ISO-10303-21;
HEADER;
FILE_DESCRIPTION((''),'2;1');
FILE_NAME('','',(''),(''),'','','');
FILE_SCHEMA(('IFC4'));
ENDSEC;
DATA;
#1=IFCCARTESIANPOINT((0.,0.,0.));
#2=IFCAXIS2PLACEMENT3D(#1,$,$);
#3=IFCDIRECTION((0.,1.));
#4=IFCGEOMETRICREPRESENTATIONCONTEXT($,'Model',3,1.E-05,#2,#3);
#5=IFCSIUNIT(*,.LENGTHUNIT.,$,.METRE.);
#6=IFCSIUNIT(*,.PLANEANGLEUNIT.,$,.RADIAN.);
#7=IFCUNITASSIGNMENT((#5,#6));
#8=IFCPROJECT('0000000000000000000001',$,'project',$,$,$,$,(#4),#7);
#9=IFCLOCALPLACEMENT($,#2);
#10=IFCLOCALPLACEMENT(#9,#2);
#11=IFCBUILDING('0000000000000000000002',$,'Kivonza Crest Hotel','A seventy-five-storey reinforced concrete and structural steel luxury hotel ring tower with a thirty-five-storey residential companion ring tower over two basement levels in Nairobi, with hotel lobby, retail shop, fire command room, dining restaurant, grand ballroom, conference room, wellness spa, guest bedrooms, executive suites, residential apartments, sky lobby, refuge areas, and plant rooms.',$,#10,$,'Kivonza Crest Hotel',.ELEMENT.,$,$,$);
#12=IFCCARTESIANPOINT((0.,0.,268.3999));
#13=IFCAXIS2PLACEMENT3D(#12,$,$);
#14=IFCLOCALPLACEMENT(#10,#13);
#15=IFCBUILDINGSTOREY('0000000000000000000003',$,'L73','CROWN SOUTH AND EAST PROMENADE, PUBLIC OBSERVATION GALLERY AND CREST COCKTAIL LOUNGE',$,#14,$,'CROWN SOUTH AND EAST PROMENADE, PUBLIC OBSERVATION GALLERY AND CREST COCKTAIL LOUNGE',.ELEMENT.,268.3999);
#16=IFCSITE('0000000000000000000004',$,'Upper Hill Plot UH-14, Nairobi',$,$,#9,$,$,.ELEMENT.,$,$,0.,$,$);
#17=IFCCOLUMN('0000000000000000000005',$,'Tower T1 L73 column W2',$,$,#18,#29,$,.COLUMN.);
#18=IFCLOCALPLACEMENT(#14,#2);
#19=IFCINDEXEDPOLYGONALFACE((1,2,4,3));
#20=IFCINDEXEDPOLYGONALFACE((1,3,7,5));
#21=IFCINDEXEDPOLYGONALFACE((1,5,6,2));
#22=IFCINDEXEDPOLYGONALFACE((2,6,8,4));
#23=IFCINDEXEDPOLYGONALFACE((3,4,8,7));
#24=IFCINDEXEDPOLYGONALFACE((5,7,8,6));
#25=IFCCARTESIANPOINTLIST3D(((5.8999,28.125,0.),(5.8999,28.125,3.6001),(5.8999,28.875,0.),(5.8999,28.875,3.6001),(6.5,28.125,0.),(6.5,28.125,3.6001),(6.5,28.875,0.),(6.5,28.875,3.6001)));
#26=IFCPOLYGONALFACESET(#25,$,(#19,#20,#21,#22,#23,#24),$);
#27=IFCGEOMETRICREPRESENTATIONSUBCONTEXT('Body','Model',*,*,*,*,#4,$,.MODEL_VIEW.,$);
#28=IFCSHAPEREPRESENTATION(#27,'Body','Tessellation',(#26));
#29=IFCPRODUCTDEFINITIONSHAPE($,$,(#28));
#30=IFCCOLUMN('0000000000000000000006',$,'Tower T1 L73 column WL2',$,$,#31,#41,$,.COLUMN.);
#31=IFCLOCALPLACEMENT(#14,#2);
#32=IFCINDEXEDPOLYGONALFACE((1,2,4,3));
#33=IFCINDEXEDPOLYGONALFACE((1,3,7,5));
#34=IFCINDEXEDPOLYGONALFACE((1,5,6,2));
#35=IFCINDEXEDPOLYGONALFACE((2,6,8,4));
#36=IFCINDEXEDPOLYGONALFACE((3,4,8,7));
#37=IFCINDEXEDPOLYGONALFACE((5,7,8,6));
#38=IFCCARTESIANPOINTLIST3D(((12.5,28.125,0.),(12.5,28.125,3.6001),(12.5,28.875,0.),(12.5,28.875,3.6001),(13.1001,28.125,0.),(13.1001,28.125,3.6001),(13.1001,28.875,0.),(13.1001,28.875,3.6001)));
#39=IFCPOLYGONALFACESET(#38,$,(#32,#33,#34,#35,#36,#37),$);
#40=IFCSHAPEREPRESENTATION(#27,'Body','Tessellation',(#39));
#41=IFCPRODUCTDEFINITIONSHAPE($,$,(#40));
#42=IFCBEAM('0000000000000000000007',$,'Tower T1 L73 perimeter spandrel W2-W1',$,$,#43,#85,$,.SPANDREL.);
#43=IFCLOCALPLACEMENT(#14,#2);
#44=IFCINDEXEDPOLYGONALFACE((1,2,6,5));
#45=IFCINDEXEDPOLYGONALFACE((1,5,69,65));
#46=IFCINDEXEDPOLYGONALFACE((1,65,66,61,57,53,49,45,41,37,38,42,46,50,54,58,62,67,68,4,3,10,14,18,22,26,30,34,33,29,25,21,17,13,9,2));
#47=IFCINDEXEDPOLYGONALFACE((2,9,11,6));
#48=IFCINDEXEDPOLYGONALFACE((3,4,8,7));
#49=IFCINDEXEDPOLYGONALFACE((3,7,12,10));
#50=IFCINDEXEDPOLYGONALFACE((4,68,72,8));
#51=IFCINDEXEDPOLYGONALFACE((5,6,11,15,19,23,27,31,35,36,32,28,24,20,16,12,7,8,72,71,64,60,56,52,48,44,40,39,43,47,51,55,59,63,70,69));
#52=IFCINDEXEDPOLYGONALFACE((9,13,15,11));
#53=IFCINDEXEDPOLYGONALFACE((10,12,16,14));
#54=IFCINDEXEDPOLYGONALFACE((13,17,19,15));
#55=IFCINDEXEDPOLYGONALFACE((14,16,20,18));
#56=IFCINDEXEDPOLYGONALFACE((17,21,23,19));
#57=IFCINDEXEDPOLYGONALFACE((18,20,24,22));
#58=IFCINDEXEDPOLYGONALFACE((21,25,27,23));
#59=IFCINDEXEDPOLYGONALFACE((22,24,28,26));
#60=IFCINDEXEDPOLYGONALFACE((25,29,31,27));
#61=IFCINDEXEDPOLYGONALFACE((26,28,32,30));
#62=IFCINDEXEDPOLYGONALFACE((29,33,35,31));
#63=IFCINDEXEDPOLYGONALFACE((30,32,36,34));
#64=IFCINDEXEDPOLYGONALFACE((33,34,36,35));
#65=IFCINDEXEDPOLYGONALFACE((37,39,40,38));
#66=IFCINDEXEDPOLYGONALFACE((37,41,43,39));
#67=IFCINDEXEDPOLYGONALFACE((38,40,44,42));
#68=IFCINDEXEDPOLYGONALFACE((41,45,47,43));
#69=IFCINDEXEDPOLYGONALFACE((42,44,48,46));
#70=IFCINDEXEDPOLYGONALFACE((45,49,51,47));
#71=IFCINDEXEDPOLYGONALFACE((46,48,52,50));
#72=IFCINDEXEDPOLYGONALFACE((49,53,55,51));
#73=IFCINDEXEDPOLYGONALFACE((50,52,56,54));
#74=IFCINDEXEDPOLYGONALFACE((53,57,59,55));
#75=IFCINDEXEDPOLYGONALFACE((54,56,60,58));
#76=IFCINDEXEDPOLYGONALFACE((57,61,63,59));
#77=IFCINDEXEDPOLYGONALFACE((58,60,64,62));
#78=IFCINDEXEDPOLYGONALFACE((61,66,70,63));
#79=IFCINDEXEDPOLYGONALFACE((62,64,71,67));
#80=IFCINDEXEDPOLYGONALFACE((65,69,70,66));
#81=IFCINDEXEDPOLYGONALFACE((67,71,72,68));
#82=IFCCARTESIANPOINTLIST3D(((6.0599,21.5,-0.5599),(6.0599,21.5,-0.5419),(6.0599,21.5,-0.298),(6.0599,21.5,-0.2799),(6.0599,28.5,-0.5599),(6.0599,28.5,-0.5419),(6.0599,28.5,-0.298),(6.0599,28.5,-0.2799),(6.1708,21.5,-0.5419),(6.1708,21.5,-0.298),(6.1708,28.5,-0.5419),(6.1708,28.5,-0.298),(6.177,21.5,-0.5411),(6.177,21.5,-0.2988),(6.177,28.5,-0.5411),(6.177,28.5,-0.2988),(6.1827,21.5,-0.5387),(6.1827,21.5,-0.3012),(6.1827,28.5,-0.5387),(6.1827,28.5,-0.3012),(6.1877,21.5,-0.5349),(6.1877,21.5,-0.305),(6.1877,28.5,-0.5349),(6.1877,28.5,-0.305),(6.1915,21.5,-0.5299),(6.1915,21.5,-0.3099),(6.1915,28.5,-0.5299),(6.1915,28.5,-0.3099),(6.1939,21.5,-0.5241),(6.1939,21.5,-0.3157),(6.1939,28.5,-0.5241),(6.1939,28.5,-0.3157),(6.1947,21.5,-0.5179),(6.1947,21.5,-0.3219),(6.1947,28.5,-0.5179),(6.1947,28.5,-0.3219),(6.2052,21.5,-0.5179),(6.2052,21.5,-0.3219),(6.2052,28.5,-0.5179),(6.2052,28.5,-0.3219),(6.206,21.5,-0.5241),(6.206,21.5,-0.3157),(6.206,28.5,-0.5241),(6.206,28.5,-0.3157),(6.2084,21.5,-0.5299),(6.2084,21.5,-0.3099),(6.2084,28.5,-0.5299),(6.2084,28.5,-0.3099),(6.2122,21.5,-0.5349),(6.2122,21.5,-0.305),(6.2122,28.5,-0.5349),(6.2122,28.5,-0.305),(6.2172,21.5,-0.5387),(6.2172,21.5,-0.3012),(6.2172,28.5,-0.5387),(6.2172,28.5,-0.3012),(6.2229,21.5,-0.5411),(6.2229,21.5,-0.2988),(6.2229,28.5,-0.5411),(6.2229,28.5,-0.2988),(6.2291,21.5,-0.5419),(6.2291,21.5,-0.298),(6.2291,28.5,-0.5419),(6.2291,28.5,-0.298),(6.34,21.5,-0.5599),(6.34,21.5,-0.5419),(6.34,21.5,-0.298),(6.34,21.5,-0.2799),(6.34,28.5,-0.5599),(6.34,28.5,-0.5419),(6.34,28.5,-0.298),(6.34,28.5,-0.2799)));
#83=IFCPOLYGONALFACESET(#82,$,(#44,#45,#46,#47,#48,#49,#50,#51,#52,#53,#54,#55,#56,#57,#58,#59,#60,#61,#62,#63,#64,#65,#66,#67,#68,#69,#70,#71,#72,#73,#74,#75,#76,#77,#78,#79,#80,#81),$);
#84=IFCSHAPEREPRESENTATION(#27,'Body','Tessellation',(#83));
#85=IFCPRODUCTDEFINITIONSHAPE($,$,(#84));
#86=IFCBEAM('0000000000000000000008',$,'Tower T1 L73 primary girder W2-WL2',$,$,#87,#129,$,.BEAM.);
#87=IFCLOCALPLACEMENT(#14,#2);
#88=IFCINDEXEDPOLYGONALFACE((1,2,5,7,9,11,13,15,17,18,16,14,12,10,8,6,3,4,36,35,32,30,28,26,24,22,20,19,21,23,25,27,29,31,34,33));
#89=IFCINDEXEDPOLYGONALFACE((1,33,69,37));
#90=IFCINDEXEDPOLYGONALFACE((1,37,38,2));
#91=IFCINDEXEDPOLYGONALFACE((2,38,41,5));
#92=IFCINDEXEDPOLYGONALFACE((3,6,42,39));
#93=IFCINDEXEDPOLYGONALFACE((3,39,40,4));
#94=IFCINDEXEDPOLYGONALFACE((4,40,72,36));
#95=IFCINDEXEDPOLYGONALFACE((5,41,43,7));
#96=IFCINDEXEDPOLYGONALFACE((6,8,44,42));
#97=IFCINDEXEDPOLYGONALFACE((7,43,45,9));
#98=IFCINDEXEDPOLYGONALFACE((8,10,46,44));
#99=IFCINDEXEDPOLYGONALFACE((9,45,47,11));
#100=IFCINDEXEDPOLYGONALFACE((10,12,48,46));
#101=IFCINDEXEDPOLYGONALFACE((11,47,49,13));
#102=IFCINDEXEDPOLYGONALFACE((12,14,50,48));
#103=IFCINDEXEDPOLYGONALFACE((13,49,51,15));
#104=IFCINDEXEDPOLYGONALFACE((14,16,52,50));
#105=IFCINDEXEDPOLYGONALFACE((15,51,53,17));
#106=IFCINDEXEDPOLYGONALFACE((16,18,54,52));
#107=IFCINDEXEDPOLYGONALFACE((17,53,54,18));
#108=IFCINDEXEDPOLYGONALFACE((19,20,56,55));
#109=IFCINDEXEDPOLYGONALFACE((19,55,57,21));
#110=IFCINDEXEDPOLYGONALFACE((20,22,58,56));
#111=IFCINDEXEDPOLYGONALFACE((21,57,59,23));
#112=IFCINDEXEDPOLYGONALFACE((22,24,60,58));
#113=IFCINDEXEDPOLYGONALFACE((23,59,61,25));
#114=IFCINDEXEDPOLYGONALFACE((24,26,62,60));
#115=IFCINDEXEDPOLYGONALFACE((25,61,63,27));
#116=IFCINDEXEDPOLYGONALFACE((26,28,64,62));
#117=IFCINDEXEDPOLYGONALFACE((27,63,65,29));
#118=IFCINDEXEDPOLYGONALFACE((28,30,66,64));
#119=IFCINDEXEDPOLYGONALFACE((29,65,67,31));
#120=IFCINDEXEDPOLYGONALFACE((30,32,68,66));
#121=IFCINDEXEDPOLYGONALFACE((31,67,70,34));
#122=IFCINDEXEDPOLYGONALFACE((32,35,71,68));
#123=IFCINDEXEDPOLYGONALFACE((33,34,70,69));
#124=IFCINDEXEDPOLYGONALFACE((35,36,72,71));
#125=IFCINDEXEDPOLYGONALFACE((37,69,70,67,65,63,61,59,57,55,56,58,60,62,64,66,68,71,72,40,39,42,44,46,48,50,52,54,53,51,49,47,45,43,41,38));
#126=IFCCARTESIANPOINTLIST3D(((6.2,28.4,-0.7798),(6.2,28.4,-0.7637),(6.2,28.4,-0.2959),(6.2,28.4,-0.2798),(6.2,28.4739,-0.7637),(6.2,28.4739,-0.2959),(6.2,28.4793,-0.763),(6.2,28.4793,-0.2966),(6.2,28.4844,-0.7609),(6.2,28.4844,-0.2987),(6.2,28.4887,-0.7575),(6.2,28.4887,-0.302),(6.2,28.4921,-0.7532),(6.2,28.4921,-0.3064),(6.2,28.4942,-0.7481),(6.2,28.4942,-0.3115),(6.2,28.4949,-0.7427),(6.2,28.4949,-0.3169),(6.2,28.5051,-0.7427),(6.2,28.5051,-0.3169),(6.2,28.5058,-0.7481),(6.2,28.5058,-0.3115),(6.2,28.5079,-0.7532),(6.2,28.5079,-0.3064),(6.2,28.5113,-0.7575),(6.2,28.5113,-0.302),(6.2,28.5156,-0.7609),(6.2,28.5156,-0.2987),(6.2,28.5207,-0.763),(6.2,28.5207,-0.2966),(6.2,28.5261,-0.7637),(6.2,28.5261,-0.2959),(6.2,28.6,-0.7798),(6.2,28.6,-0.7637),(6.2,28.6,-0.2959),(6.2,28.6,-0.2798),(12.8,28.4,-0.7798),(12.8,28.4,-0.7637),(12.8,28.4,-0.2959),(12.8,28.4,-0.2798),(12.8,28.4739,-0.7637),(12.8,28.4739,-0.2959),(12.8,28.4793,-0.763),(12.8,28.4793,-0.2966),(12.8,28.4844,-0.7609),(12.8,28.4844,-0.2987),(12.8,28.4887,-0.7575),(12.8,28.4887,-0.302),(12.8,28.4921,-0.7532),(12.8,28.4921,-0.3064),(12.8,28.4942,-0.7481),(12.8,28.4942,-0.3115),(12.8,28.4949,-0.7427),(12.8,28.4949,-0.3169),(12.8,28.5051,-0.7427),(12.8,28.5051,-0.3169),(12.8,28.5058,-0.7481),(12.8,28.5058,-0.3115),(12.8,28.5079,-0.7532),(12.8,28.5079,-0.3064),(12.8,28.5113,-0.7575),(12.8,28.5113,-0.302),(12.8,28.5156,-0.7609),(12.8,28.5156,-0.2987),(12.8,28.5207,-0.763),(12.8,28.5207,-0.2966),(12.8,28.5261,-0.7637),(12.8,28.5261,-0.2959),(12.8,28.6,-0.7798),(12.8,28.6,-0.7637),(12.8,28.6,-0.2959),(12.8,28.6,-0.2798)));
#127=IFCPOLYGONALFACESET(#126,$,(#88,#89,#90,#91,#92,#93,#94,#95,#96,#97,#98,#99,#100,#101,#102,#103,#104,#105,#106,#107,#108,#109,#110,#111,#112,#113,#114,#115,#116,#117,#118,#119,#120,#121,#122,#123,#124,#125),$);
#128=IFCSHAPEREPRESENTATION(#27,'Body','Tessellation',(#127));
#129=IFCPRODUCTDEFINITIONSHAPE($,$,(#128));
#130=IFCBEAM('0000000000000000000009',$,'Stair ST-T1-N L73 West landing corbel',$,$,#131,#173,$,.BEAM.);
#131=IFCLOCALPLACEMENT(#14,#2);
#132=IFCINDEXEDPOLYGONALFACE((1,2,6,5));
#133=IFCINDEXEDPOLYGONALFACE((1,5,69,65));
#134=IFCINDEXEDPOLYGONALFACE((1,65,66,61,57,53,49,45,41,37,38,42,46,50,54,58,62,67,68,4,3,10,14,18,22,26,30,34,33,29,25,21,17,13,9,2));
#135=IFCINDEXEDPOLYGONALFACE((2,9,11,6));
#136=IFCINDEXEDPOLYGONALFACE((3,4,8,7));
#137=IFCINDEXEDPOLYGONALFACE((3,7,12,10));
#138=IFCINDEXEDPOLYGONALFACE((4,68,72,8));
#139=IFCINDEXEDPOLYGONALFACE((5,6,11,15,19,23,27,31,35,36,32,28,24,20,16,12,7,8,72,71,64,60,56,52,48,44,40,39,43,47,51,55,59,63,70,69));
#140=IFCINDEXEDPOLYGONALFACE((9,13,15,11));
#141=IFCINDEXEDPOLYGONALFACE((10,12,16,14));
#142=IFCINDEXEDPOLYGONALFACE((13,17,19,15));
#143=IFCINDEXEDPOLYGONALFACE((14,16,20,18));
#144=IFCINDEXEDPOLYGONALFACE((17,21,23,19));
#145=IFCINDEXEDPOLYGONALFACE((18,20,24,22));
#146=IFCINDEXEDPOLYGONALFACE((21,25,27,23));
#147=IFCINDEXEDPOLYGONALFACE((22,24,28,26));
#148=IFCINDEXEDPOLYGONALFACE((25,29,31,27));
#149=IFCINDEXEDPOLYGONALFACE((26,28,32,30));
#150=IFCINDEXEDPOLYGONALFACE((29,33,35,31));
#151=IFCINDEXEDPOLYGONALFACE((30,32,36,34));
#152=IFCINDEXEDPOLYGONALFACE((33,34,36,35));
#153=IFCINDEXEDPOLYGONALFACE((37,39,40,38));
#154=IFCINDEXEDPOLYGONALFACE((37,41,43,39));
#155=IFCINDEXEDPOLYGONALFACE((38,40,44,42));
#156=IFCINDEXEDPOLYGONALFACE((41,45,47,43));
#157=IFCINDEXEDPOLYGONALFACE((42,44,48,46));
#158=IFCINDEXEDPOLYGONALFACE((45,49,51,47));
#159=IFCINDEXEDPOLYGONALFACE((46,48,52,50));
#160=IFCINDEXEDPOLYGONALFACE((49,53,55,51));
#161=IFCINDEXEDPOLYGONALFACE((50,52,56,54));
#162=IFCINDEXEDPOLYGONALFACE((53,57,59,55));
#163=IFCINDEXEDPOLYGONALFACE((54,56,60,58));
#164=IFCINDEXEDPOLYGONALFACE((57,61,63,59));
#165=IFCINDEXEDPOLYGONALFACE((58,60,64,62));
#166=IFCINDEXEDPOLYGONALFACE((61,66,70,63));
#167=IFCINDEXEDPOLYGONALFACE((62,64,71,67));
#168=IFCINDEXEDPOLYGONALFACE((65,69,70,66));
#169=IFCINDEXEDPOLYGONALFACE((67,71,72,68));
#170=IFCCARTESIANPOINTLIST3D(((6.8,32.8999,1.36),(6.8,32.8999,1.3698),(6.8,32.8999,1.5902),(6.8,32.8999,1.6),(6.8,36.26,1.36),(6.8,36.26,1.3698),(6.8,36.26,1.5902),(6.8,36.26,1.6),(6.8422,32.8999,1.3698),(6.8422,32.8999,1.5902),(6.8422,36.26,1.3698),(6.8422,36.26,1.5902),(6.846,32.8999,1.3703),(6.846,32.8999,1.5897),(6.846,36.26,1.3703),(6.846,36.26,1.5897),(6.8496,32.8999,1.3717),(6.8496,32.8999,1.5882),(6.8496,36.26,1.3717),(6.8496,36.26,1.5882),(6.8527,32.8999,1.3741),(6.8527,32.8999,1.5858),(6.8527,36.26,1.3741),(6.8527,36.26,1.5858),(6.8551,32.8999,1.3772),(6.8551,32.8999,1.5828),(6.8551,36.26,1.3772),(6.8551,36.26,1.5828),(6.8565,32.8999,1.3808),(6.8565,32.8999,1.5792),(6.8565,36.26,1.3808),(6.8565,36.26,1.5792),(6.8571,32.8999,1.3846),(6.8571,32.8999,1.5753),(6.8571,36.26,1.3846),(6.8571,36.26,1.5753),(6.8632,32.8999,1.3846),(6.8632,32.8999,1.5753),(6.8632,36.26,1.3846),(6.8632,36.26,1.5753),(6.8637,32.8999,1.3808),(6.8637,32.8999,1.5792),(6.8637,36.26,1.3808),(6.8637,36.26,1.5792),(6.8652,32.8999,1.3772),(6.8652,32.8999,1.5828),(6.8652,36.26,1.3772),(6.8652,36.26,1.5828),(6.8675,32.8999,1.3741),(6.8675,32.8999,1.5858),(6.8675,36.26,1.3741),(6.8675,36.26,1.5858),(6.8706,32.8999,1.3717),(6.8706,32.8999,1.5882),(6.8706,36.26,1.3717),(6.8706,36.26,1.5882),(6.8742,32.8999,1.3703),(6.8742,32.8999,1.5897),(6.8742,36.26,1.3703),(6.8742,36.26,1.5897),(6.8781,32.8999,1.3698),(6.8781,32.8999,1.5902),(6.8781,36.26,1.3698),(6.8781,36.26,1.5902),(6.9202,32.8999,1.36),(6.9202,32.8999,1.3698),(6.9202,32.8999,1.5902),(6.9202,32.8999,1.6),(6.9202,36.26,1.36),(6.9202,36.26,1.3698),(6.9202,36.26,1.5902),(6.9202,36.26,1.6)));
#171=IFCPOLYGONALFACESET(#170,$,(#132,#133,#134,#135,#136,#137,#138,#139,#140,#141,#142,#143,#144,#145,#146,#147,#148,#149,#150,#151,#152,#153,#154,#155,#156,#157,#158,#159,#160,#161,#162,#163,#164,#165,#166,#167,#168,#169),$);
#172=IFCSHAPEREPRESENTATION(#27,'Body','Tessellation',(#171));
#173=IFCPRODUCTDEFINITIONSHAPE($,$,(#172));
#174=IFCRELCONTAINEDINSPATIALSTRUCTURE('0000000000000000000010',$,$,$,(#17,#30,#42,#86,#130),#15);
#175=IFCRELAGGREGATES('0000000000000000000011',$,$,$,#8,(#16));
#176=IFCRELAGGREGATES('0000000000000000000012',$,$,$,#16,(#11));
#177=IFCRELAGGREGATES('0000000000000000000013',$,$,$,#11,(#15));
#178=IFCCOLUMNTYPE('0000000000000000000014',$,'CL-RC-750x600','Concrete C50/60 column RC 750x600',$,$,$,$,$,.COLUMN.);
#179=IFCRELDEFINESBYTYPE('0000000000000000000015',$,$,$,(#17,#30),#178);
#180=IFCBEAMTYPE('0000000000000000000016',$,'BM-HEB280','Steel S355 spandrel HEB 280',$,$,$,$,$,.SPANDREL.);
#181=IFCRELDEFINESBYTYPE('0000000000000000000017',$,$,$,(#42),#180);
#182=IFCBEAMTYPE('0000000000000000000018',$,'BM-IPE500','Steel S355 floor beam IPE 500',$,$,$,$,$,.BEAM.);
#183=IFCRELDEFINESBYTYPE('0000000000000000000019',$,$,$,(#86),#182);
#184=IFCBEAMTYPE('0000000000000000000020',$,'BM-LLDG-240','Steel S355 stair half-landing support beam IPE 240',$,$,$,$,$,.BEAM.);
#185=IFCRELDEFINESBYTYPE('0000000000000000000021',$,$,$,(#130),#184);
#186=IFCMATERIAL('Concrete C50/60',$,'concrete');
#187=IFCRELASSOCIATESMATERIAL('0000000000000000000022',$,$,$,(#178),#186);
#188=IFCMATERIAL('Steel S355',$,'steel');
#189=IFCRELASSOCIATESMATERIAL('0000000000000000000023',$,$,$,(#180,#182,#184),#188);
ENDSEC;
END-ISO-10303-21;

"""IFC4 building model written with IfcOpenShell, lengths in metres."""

from ifc_helpers import new_model, si_unit, direction, frame, origin, origin_2d, place, context, subcontext, project, spatial, rectangle, i_section, extrude, material, material_profile, profile_set, type_object, element, save


model = new_model("IFC4")

# Units and contexts
model_context = context("Model", 3, precision=1e-05, world=origin(), true_north=direction((0.0, 1.0)))
body_context = subcontext(model_context, "Body", "Model", "MODEL_VIEW")
ifc_project = project(units=[si_unit("LENGTHUNIT", "METRE"), si_unit("PLANEANGLEUNIT", "RADIAN")], contexts=[model_context])

# Site, building, storey
site_placement = place(None, origin())
site = spatial("IfcSite", under=ifc_project, at=site_placement, Name="Upper Hill Plot UH-14, Nairobi", CompositionType="ELEMENT", RefElevation=0.0)
building_placement = place(site_placement, origin())
building = spatial("IfcBuilding", under=site, at=building_placement, Name="Kivonza Crest Hotel", Description="A seventy-five-storey reinforced concrete and structural steel luxury hotel ring tower with a thirty-five-storey residential companion ring tower over two basement levels in Nairobi, with hotel lobby, retail shop, fire command room, dining restaurant, grand ballroom, conference room, wellness spa, guest bedrooms, executive suites, residential apartments, sky lobby, refuge areas, and plant rooms.", LongName="Kivonza Crest Hotel", CompositionType="ELEMENT")
storey_placement = place(building_placement, frame((0.0, 0.0, 268.3999)))
storey = spatial("IfcBuildingStorey", under=building, at=storey_placement, Name="L73", Description="CROWN SOUTH AND EAST PROMENADE, PUBLIC OBSERVATION GALLERY AND CREST COCKTAIL LOUNGE", LongName="CROWN SOUTH AND EAST PROMENADE, PUBLIC OBSERVATION GALLERY AND CREST COCKTAIL LOUNGE", CompositionType="ELEMENT", Elevation=268.3999)

# Columns
ifc_material_1 = material(Name="Concrete C50/60", Category="concrete")
ifc_material_profile_1 = material_profile(ifc_material_1, rectangle(XDim=0.6001, YDim=0.75, at=origin_2d()), Name="RC 750x600")
ifc_profile_set_1 = profile_set([ifc_material_profile_1], Name="Concrete C50/60")
column_type = type_object("IfcColumnType", Name="CL-RC-750x600", Description="Concrete C50/60 column RC 750x600", PredefinedType="COLUMN", material=ifc_profile_set_1)
for number, where, z_axis, x_axis, name in (
    (1, (6.2, 28.5, 0.0), (0.0, 0.0, 1.0), (1.0, 0.0, 0.0), "Tower T1 L73 column W2"),
    (2, (12.8, 28.5, 0.0), (0.0, 0.0, 1.0), (1.0, 0.0, 0.0), "Tower T1 L73 column WL2"),
):
    element("IfcColumn", number, at=place(storey_placement, frame(where, z_axis=z_axis, x_axis=x_axis)), inside=storey, type_object=column_type, Name=name, PredefinedType="COLUMN", context=body_context, shape_type="SweptSolid", body=[
        extrude(rectangle(XDim=0.6001, YDim=0.75, at=origin_2d()), origin(), (0.0, 0.0, 1.0), 3.6001),
    ])

# Beams
ifc_material_2 = material(Name="Steel S355", Category="steel")
ifc_material_profile_2 = material_profile(ifc_material_2, i_section(OverallWidth=0.28, OverallDepth=0.28, WebThickness=0.0105, FlangeThickness=0.0181, FilletRadius=0.0239, at=origin_2d()), Name="HEB 280")
ifc_profile_set_2 = profile_set([ifc_material_profile_2], Name="Steel S355")
beam_type_1 = type_object("IfcBeamType", Name="BM-HEB280", Description="Steel S355 spandrel HEB 280", PredefinedType="SPANDREL", material=ifc_profile_set_2)
beam_1_placement = place(storey_placement, frame((6.2, 28.5, -0.4199), z_axis=(0.0, -1.0, 0.0), x_axis=(1.0, 0.0, 0.0)))
element("IfcBeam", 3, at=beam_1_placement, inside=storey, type_object=beam_type_1, Name="Tower T1 L73 perimeter spandrel W2-W1", PredefinedType="SPANDREL", context=body_context, shape_type="SweptSolid", body=[
    extrude(i_section(OverallWidth=0.28, OverallDepth=0.28, WebThickness=0.0105, FlangeThickness=0.0181, FilletRadius=0.0239, at=origin_2d()), origin(), (0.0, 0.0, 1.0), 7.0),
])
ifc_material_profile_3 = material_profile(ifc_material_2, i_section(OverallWidth=0.2, OverallDepth=0.5, WebThickness=0.0103, FlangeThickness=0.0161, FilletRadius=0.021, at=origin_2d()), Name="IPE 500")
ifc_profile_set_3 = profile_set([ifc_material_profile_3], Name="Steel S355")
beam_type_2 = type_object("IfcBeamType", Name="BM-IPE500", Description="Steel S355 floor beam IPE 500", PredefinedType="BEAM", material=ifc_profile_set_3)
beam_2_placement = place(storey_placement, frame((6.2, 28.5, -0.5298), z_axis=(1.0, 0.0, 0.0), x_axis=(0.0, 1.0, 0.0)))
element("IfcBeam", 4, at=beam_2_placement, inside=storey, type_object=beam_type_2, Name="Tower T1 L73 primary girder W2-WL2", PredefinedType="BEAM", context=body_context, shape_type="SweptSolid", body=[
    extrude(i_section(OverallWidth=0.2, OverallDepth=0.5, WebThickness=0.0103, FlangeThickness=0.0161, FilletRadius=0.021, at=origin_2d()), origin(), (0.0, 0.0, 1.0), 6.6001),
])
ifc_material_profile_4 = material_profile(ifc_material_2, i_section(OverallWidth=0.1201, OverallDepth=0.24, WebThickness=0.0061, FlangeThickness=0.0098, FilletRadius=0.0149, at=origin_2d()), Name="IPE 240")
ifc_profile_set_4 = profile_set([ifc_material_profile_4], Name="Steel S355")
beam_type_3 = type_object("IfcBeamType", Name="BM-LLDG-240", Description="Steel S355 stair half-landing support beam IPE 240", PredefinedType="BEAM", material=ifc_profile_set_4)
beam_3_placement = place(storey_placement, frame((6.8601, 32.8999, 1.48), z_axis=(0.0, 1.0, 0.0), x_axis=(-1.0, 0.0, 0.0)))
element("IfcBeam", 5, at=beam_3_placement, inside=storey, type_object=beam_type_3, Name="Stair ST-T1-N L73 West landing corbel", PredefinedType="BEAM", context=body_context, shape_type="SweptSolid", body=[
    extrude(i_section(OverallWidth=0.1201, OverallDepth=0.24, WebThickness=0.0061, FlangeThickness=0.0098, FilletRadius=0.0149, at=origin_2d()), origin(), (0.0, 0.0, 1.0), 3.3601),
])

save(model, "model.ifc")
